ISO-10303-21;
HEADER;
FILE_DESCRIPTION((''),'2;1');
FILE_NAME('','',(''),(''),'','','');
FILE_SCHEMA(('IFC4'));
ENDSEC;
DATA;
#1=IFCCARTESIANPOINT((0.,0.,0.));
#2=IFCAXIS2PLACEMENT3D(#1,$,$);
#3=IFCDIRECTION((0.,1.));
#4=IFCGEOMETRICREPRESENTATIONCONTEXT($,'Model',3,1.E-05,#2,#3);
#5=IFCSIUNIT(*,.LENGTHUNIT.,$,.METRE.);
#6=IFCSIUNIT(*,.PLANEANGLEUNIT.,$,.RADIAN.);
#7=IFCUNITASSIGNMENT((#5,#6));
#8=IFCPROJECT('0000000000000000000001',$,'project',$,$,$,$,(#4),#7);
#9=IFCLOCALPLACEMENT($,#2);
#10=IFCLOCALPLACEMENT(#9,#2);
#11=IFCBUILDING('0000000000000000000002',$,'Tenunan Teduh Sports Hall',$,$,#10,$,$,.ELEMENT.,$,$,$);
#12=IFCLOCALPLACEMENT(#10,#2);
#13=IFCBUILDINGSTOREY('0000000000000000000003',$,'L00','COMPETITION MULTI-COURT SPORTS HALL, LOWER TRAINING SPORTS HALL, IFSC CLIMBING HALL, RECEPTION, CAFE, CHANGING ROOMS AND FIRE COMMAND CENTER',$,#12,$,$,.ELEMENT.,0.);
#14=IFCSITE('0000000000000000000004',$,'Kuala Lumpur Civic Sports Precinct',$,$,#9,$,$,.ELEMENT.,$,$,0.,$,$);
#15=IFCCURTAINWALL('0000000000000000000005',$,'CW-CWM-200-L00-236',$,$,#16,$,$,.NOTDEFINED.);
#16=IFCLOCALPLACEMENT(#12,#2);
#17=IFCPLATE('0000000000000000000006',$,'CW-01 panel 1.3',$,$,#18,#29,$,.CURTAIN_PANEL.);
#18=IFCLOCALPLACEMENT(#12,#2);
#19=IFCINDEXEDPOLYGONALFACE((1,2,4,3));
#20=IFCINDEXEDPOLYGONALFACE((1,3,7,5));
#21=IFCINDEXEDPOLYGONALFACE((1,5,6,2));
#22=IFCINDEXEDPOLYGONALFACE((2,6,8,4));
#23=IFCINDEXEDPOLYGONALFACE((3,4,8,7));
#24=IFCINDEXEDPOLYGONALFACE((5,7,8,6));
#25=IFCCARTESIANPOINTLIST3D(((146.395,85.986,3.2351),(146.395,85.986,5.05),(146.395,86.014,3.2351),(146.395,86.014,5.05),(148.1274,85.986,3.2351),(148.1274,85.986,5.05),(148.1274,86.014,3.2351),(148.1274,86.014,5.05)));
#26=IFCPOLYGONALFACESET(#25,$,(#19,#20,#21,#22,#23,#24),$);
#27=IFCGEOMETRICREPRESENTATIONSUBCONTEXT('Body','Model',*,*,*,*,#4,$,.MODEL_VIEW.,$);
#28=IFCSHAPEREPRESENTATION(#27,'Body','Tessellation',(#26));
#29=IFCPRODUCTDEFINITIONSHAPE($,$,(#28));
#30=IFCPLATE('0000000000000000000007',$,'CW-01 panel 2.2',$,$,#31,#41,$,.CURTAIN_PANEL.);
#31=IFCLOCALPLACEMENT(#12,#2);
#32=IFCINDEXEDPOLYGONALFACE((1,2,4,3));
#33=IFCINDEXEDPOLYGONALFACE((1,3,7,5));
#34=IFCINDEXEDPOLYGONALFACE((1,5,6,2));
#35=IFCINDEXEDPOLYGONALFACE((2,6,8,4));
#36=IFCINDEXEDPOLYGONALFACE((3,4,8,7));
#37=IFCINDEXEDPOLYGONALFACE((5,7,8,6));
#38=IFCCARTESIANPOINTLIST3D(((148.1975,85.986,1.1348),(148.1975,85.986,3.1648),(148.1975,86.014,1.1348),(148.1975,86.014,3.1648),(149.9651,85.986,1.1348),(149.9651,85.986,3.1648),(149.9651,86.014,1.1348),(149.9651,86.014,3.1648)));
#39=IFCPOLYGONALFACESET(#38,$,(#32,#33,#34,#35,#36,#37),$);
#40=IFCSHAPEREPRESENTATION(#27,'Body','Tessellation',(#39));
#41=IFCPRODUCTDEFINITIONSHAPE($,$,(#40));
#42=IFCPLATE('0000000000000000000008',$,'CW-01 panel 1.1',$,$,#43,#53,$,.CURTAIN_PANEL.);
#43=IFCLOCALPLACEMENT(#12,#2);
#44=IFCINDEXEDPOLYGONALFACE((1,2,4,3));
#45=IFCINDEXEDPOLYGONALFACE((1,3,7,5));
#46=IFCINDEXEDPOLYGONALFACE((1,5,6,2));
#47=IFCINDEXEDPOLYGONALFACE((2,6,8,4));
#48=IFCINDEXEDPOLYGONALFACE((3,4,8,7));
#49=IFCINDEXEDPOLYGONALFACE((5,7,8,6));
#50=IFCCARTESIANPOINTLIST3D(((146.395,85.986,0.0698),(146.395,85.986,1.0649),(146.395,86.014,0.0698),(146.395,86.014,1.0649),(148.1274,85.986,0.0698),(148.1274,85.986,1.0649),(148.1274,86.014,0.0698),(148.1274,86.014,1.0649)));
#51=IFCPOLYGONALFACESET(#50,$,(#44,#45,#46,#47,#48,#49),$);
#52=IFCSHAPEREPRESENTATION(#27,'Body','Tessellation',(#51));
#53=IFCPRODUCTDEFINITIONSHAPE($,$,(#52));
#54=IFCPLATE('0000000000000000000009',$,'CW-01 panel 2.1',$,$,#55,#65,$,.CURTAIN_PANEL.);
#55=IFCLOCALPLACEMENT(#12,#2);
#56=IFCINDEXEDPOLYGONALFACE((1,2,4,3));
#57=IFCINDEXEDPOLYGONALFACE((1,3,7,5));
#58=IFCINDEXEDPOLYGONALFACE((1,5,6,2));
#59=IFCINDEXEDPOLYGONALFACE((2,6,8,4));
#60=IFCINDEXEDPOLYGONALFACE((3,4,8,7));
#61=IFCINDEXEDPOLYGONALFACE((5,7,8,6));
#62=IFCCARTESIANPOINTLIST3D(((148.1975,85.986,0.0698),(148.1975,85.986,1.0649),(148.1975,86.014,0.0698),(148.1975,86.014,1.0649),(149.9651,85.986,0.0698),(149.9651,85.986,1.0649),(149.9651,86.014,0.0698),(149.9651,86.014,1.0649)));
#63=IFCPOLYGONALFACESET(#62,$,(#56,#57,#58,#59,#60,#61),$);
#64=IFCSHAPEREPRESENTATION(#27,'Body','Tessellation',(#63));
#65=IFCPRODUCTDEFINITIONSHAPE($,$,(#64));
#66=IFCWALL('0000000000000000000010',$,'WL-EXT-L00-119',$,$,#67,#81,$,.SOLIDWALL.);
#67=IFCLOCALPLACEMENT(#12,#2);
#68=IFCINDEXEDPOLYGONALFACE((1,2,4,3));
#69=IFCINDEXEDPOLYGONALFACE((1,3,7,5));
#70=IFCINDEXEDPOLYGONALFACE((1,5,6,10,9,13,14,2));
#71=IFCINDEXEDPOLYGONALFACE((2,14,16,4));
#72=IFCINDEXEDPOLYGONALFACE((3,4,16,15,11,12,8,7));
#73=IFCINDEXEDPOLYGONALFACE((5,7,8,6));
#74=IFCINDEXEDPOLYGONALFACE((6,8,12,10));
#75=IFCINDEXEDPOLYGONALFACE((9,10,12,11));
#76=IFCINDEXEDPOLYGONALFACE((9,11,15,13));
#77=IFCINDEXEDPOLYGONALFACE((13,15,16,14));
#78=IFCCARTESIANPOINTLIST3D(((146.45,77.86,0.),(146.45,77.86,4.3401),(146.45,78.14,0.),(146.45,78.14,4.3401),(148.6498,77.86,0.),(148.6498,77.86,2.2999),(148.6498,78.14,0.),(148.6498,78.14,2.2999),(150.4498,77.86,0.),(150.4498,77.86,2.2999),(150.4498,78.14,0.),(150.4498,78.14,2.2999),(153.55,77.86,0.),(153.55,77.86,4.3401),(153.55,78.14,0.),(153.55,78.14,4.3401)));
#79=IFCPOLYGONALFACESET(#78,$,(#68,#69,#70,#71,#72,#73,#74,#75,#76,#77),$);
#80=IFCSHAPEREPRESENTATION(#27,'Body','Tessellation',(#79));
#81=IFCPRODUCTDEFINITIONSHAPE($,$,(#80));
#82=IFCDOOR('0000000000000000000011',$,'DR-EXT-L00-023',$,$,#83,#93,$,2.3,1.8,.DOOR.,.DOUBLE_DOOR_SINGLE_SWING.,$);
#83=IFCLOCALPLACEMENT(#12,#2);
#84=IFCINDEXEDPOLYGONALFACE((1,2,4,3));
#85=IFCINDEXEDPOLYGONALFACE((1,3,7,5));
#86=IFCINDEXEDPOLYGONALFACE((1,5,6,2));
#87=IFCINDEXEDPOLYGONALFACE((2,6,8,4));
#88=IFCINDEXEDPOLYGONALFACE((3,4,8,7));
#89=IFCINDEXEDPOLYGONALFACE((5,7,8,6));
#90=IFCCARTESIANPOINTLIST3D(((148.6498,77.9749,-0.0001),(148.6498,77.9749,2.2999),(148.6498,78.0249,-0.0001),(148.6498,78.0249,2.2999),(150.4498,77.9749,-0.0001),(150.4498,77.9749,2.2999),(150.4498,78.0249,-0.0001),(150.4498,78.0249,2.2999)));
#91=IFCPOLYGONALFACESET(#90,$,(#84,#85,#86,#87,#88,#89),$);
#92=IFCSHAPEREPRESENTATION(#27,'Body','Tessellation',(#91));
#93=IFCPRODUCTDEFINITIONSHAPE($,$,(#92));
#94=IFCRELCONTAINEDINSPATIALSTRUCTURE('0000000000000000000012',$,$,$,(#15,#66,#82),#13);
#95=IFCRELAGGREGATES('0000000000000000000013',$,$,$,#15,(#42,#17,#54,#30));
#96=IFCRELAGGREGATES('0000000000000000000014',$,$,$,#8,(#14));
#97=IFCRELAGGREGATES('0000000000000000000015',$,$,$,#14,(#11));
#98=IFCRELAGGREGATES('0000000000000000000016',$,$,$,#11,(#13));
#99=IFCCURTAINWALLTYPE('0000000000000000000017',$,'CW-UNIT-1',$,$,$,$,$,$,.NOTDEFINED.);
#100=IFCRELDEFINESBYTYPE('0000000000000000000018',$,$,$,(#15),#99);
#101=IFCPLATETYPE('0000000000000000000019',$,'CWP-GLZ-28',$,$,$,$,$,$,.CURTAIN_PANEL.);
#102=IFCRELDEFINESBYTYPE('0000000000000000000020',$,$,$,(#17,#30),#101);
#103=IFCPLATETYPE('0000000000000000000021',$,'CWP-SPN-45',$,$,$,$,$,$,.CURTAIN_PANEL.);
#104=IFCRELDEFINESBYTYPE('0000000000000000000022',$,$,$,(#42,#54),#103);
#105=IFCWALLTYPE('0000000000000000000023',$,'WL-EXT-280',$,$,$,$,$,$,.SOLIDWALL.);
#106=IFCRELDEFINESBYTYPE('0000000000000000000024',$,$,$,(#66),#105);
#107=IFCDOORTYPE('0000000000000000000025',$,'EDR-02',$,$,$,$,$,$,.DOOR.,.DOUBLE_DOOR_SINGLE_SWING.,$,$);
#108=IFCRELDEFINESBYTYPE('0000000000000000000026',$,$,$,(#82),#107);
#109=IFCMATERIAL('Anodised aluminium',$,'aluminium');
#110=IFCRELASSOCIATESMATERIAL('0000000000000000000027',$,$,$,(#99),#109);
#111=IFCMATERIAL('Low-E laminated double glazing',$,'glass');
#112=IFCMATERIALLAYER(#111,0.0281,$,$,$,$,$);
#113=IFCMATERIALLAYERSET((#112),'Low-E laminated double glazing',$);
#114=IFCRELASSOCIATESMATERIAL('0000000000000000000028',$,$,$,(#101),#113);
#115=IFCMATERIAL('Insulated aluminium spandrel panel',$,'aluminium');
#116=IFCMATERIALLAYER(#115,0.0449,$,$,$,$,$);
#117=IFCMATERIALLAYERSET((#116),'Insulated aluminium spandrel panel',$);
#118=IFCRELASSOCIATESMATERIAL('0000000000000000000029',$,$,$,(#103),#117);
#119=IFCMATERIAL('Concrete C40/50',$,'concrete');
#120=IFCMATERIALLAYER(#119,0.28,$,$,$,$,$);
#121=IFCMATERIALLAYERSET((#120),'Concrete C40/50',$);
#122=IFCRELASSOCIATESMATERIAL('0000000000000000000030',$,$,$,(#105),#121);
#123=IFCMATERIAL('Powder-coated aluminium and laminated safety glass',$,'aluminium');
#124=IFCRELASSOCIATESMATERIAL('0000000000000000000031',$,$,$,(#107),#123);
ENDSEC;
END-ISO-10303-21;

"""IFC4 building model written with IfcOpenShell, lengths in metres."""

from ifc_helpers import new_model, si_unit, direction, frame, frame_2d, origin, origin_2d, place, context, subcontext, project, spatial, rectangle, extrude, material, layer, layer_set, type_object, element, fill, aggregate, save


model = new_model("IFC4")

# Units and contexts
model_context = context("Model", 3, precision=1e-05, world=origin(), true_north=direction((0.0, 1.0)))
body_context = subcontext(model_context, "Body", "Model", "MODEL_VIEW")
ifc_project = project(units=[si_unit("LENGTHUNIT", "METRE"), si_unit("PLANEANGLEUNIT", "RADIAN")], contexts=[model_context])

# Site, building, storey
site_placement = place(None, origin())
site = spatial("IfcSite", under=ifc_project, at=site_placement, Name="Kuala Lumpur Civic Sports Precinct", CompositionType="ELEMENT", RefElevation=0.0)
building_placement = place(site_placement, origin())
building = spatial("IfcBuilding", under=site, at=building_placement, Name="Tenunan Teduh Sports Hall", CompositionType="ELEMENT")
storey_placement = place(building_placement, origin())
storey = spatial("IfcBuildingStorey", under=building, at=storey_placement, Name="L00", Description="COMPETITION MULTI-COURT SPORTS HALL, LOWER TRAINING SPORTS HALL, IFSC CLIMBING HALL, RECEPTION, CAFE, CHANGING ROOMS AND FIRE COMMAND CENTER", CompositionType="ELEMENT", Elevation=0.0)

# Curtain wall
ifc_material_1 = material(Name="Anodised aluminium", Category="aluminium")
curtain_wall_type = type_object("IfcCurtainWallType", Name="CW-UNIT-1", PredefinedType="NOTDEFINED", material=ifc_material_1)
curtain_wall_placement = place(storey_placement, origin())
curtain_wall = element("IfcCurtainWall", 1, at=curtain_wall_placement, inside=storey, type_object=curtain_wall_type, Name="CW-CWM-200-L00-236", PredefinedType="NOTDEFINED")

# Plates
ifc_material_2 = material(Name="Low-E laminated double glazing", Category="glass")
ifc_layer_1 = layer(ifc_material_2, 0.0281)
ifc_layer_set_1 = layer_set([ifc_layer_1], Name="Low-E laminated double glazing")
plate_type_1 = type_object("IfcPlateType", Name="CWP-GLZ-28", PredefinedType="CURTAIN_PANEL", material=ifc_layer_set_1)
plate_1_placement = place(storey_placement, frame((147.2612, 86.0, 3.2351), z_axis=(0.0, 0.0, 1.0), x_axis=(1.0, 0.0, 0.0)))
plate_1 = element("IfcPlate", 2, at=plate_1_placement, type_object=plate_type_1, Name="CW-01 panel 1.3", PredefinedType="CURTAIN_PANEL", context=body_context, shape_type="SweptSolid", body=[
    extrude(rectangle(XDim=1.7324, YDim=0.0281, at=origin_2d()), origin(), (0.0, 0.0, 1.0), 1.8149),
])
plate_2_placement = place(storey_placement, frame((149.0813, 86.0, 1.1348), z_axis=(0.0, 0.0, 1.0), x_axis=(1.0, 0.0, 0.0)))
plate_2 = element("IfcPlate", 3, at=plate_2_placement, type_object=plate_type_1, Name="CW-01 panel 2.2", PredefinedType="CURTAIN_PANEL", context=body_context, shape_type="SweptSolid", body=[
    extrude(rectangle(XDim=1.7676, YDim=0.0281, at=origin_2d()), origin(), (0.0, 0.0, 1.0), 2.03),
])
ifc_material_3 = material(Name="Insulated aluminium spandrel panel", Category="aluminium")
ifc_layer_2 = layer(ifc_material_3, 0.0449)
ifc_layer_set_2 = layer_set([ifc_layer_2], Name="Insulated aluminium spandrel panel")
plate_type_2 = type_object("IfcPlateType", Name="CWP-SPN-45", PredefinedType="CURTAIN_PANEL", material=ifc_layer_set_2)
plate_3_placement = place(storey_placement, frame((147.2612, 86.0, 0.0698), z_axis=(0.0, 0.0, 1.0), x_axis=(1.0, 0.0, 0.0)))
plate_3 = element("IfcPlate", 4, at=plate_3_placement, type_object=plate_type_2, Name="CW-01 panel 1.1", PredefinedType="CURTAIN_PANEL", context=body_context, shape_type="SweptSolid", body=[
    extrude(rectangle(XDim=1.7324, YDim=0.0281, at=origin_2d()), origin(), (0.0, 0.0, 1.0), 0.9951),
])
plate_4_placement = place(storey_placement, frame((149.0813, 86.0, 0.0698), z_axis=(0.0, 0.0, 1.0), x_axis=(1.0, 0.0, 0.0)))
plate_4 = element("IfcPlate", 5, at=plate_4_placement, type_object=plate_type_2, Name="CW-01 panel 2.1", PredefinedType="CURTAIN_PANEL", context=body_context, shape_type="SweptSolid", body=[
    extrude(rectangle(XDim=1.7676, YDim=0.0281, at=origin_2d()), origin(), (0.0, 0.0, 1.0), 0.9951),
])
aggregate(curtain_wall, [plate_3, plate_1, plate_4, plate_2])

# Wall, opening, door
ifc_material_4 = material(Name="Concrete C40/50", Category="concrete")
ifc_layer_3 = layer(ifc_material_4, 0.28)
ifc_layer_set_3 = layer_set([ifc_layer_3], Name="Concrete C40/50")
wall_type = type_object("IfcWallType", Name="WL-EXT-280", PredefinedType="SOLIDWALL", material=ifc_layer_set_3)
wall_placement = place(storey_placement, frame((146.45, 78.0, 0.0), z_axis=(0.0, 0.0, 1.0), x_axis=(1.0, 0.0, 0.0)))
wall = element("IfcWall", 6, at=wall_placement, inside=storey, type_object=wall_type, Name="WL-EXT-L00-119", PredefinedType="SOLIDWALL", context=body_context, shape_type="SweptSolid", body=[
    extrude(rectangle(XDim=7.1001, YDim=0.28, at=frame_2d((3.55, 0.0))), origin(), (0.0, 0.0, 1.0), 4.3401),
])
opening_placement = place(wall_placement, frame((2.2, 0.0, 0.0)))
opening = element("IfcOpeningElement", 7, at=opening_placement, cuts=wall, PredefinedType="OPENING", context=body_context, shape_type="SweptSolid", body=[
    extrude(rectangle(XDim=1.8, YDim=2.3, at=frame_2d((0.8999, 1.1499))), frame((0.0, 0.1499, 0.0), z_axis=(0.0, -1.0, 0.0), x_axis=(1.0, 0.0, 0.0)), (0.0, 0.0, 1.0), 0.3),
])
ifc_material_5 = material(Name="Powder-coated aluminium and laminated safety glass", Category="aluminium")
door_type = type_object("IfcDoorType", Name="EDR-02", OperationType="DOUBLE_DOOR_SINGLE_SWING", PredefinedType="DOOR", material=ifc_material_5)
door_placement = place(opening_placement, origin())
door = element("IfcDoor", 8, at=door_placement, inside=storey, type_object=door_type, Name="DR-EXT-L00-023", OperationType="DOUBLE_DOOR_SINGLE_SWING", OverallHeight=2.3, OverallWidth=1.8, PredefinedType="DOOR", context=body_context, shape_type="SweptSolid", body=[
    extrude(rectangle(XDim=1.8, YDim=2.3, at=frame_2d((0.8999, 1.1499))), frame((0.0, 0.0249, 0.0), z_axis=(0.0, -1.0, 0.0), x_axis=(1.0, 0.0, 0.0)), (0.0, 0.0, 1.0), 0.05),
])
fill(opening, door)

save(model, "model.ifc")
